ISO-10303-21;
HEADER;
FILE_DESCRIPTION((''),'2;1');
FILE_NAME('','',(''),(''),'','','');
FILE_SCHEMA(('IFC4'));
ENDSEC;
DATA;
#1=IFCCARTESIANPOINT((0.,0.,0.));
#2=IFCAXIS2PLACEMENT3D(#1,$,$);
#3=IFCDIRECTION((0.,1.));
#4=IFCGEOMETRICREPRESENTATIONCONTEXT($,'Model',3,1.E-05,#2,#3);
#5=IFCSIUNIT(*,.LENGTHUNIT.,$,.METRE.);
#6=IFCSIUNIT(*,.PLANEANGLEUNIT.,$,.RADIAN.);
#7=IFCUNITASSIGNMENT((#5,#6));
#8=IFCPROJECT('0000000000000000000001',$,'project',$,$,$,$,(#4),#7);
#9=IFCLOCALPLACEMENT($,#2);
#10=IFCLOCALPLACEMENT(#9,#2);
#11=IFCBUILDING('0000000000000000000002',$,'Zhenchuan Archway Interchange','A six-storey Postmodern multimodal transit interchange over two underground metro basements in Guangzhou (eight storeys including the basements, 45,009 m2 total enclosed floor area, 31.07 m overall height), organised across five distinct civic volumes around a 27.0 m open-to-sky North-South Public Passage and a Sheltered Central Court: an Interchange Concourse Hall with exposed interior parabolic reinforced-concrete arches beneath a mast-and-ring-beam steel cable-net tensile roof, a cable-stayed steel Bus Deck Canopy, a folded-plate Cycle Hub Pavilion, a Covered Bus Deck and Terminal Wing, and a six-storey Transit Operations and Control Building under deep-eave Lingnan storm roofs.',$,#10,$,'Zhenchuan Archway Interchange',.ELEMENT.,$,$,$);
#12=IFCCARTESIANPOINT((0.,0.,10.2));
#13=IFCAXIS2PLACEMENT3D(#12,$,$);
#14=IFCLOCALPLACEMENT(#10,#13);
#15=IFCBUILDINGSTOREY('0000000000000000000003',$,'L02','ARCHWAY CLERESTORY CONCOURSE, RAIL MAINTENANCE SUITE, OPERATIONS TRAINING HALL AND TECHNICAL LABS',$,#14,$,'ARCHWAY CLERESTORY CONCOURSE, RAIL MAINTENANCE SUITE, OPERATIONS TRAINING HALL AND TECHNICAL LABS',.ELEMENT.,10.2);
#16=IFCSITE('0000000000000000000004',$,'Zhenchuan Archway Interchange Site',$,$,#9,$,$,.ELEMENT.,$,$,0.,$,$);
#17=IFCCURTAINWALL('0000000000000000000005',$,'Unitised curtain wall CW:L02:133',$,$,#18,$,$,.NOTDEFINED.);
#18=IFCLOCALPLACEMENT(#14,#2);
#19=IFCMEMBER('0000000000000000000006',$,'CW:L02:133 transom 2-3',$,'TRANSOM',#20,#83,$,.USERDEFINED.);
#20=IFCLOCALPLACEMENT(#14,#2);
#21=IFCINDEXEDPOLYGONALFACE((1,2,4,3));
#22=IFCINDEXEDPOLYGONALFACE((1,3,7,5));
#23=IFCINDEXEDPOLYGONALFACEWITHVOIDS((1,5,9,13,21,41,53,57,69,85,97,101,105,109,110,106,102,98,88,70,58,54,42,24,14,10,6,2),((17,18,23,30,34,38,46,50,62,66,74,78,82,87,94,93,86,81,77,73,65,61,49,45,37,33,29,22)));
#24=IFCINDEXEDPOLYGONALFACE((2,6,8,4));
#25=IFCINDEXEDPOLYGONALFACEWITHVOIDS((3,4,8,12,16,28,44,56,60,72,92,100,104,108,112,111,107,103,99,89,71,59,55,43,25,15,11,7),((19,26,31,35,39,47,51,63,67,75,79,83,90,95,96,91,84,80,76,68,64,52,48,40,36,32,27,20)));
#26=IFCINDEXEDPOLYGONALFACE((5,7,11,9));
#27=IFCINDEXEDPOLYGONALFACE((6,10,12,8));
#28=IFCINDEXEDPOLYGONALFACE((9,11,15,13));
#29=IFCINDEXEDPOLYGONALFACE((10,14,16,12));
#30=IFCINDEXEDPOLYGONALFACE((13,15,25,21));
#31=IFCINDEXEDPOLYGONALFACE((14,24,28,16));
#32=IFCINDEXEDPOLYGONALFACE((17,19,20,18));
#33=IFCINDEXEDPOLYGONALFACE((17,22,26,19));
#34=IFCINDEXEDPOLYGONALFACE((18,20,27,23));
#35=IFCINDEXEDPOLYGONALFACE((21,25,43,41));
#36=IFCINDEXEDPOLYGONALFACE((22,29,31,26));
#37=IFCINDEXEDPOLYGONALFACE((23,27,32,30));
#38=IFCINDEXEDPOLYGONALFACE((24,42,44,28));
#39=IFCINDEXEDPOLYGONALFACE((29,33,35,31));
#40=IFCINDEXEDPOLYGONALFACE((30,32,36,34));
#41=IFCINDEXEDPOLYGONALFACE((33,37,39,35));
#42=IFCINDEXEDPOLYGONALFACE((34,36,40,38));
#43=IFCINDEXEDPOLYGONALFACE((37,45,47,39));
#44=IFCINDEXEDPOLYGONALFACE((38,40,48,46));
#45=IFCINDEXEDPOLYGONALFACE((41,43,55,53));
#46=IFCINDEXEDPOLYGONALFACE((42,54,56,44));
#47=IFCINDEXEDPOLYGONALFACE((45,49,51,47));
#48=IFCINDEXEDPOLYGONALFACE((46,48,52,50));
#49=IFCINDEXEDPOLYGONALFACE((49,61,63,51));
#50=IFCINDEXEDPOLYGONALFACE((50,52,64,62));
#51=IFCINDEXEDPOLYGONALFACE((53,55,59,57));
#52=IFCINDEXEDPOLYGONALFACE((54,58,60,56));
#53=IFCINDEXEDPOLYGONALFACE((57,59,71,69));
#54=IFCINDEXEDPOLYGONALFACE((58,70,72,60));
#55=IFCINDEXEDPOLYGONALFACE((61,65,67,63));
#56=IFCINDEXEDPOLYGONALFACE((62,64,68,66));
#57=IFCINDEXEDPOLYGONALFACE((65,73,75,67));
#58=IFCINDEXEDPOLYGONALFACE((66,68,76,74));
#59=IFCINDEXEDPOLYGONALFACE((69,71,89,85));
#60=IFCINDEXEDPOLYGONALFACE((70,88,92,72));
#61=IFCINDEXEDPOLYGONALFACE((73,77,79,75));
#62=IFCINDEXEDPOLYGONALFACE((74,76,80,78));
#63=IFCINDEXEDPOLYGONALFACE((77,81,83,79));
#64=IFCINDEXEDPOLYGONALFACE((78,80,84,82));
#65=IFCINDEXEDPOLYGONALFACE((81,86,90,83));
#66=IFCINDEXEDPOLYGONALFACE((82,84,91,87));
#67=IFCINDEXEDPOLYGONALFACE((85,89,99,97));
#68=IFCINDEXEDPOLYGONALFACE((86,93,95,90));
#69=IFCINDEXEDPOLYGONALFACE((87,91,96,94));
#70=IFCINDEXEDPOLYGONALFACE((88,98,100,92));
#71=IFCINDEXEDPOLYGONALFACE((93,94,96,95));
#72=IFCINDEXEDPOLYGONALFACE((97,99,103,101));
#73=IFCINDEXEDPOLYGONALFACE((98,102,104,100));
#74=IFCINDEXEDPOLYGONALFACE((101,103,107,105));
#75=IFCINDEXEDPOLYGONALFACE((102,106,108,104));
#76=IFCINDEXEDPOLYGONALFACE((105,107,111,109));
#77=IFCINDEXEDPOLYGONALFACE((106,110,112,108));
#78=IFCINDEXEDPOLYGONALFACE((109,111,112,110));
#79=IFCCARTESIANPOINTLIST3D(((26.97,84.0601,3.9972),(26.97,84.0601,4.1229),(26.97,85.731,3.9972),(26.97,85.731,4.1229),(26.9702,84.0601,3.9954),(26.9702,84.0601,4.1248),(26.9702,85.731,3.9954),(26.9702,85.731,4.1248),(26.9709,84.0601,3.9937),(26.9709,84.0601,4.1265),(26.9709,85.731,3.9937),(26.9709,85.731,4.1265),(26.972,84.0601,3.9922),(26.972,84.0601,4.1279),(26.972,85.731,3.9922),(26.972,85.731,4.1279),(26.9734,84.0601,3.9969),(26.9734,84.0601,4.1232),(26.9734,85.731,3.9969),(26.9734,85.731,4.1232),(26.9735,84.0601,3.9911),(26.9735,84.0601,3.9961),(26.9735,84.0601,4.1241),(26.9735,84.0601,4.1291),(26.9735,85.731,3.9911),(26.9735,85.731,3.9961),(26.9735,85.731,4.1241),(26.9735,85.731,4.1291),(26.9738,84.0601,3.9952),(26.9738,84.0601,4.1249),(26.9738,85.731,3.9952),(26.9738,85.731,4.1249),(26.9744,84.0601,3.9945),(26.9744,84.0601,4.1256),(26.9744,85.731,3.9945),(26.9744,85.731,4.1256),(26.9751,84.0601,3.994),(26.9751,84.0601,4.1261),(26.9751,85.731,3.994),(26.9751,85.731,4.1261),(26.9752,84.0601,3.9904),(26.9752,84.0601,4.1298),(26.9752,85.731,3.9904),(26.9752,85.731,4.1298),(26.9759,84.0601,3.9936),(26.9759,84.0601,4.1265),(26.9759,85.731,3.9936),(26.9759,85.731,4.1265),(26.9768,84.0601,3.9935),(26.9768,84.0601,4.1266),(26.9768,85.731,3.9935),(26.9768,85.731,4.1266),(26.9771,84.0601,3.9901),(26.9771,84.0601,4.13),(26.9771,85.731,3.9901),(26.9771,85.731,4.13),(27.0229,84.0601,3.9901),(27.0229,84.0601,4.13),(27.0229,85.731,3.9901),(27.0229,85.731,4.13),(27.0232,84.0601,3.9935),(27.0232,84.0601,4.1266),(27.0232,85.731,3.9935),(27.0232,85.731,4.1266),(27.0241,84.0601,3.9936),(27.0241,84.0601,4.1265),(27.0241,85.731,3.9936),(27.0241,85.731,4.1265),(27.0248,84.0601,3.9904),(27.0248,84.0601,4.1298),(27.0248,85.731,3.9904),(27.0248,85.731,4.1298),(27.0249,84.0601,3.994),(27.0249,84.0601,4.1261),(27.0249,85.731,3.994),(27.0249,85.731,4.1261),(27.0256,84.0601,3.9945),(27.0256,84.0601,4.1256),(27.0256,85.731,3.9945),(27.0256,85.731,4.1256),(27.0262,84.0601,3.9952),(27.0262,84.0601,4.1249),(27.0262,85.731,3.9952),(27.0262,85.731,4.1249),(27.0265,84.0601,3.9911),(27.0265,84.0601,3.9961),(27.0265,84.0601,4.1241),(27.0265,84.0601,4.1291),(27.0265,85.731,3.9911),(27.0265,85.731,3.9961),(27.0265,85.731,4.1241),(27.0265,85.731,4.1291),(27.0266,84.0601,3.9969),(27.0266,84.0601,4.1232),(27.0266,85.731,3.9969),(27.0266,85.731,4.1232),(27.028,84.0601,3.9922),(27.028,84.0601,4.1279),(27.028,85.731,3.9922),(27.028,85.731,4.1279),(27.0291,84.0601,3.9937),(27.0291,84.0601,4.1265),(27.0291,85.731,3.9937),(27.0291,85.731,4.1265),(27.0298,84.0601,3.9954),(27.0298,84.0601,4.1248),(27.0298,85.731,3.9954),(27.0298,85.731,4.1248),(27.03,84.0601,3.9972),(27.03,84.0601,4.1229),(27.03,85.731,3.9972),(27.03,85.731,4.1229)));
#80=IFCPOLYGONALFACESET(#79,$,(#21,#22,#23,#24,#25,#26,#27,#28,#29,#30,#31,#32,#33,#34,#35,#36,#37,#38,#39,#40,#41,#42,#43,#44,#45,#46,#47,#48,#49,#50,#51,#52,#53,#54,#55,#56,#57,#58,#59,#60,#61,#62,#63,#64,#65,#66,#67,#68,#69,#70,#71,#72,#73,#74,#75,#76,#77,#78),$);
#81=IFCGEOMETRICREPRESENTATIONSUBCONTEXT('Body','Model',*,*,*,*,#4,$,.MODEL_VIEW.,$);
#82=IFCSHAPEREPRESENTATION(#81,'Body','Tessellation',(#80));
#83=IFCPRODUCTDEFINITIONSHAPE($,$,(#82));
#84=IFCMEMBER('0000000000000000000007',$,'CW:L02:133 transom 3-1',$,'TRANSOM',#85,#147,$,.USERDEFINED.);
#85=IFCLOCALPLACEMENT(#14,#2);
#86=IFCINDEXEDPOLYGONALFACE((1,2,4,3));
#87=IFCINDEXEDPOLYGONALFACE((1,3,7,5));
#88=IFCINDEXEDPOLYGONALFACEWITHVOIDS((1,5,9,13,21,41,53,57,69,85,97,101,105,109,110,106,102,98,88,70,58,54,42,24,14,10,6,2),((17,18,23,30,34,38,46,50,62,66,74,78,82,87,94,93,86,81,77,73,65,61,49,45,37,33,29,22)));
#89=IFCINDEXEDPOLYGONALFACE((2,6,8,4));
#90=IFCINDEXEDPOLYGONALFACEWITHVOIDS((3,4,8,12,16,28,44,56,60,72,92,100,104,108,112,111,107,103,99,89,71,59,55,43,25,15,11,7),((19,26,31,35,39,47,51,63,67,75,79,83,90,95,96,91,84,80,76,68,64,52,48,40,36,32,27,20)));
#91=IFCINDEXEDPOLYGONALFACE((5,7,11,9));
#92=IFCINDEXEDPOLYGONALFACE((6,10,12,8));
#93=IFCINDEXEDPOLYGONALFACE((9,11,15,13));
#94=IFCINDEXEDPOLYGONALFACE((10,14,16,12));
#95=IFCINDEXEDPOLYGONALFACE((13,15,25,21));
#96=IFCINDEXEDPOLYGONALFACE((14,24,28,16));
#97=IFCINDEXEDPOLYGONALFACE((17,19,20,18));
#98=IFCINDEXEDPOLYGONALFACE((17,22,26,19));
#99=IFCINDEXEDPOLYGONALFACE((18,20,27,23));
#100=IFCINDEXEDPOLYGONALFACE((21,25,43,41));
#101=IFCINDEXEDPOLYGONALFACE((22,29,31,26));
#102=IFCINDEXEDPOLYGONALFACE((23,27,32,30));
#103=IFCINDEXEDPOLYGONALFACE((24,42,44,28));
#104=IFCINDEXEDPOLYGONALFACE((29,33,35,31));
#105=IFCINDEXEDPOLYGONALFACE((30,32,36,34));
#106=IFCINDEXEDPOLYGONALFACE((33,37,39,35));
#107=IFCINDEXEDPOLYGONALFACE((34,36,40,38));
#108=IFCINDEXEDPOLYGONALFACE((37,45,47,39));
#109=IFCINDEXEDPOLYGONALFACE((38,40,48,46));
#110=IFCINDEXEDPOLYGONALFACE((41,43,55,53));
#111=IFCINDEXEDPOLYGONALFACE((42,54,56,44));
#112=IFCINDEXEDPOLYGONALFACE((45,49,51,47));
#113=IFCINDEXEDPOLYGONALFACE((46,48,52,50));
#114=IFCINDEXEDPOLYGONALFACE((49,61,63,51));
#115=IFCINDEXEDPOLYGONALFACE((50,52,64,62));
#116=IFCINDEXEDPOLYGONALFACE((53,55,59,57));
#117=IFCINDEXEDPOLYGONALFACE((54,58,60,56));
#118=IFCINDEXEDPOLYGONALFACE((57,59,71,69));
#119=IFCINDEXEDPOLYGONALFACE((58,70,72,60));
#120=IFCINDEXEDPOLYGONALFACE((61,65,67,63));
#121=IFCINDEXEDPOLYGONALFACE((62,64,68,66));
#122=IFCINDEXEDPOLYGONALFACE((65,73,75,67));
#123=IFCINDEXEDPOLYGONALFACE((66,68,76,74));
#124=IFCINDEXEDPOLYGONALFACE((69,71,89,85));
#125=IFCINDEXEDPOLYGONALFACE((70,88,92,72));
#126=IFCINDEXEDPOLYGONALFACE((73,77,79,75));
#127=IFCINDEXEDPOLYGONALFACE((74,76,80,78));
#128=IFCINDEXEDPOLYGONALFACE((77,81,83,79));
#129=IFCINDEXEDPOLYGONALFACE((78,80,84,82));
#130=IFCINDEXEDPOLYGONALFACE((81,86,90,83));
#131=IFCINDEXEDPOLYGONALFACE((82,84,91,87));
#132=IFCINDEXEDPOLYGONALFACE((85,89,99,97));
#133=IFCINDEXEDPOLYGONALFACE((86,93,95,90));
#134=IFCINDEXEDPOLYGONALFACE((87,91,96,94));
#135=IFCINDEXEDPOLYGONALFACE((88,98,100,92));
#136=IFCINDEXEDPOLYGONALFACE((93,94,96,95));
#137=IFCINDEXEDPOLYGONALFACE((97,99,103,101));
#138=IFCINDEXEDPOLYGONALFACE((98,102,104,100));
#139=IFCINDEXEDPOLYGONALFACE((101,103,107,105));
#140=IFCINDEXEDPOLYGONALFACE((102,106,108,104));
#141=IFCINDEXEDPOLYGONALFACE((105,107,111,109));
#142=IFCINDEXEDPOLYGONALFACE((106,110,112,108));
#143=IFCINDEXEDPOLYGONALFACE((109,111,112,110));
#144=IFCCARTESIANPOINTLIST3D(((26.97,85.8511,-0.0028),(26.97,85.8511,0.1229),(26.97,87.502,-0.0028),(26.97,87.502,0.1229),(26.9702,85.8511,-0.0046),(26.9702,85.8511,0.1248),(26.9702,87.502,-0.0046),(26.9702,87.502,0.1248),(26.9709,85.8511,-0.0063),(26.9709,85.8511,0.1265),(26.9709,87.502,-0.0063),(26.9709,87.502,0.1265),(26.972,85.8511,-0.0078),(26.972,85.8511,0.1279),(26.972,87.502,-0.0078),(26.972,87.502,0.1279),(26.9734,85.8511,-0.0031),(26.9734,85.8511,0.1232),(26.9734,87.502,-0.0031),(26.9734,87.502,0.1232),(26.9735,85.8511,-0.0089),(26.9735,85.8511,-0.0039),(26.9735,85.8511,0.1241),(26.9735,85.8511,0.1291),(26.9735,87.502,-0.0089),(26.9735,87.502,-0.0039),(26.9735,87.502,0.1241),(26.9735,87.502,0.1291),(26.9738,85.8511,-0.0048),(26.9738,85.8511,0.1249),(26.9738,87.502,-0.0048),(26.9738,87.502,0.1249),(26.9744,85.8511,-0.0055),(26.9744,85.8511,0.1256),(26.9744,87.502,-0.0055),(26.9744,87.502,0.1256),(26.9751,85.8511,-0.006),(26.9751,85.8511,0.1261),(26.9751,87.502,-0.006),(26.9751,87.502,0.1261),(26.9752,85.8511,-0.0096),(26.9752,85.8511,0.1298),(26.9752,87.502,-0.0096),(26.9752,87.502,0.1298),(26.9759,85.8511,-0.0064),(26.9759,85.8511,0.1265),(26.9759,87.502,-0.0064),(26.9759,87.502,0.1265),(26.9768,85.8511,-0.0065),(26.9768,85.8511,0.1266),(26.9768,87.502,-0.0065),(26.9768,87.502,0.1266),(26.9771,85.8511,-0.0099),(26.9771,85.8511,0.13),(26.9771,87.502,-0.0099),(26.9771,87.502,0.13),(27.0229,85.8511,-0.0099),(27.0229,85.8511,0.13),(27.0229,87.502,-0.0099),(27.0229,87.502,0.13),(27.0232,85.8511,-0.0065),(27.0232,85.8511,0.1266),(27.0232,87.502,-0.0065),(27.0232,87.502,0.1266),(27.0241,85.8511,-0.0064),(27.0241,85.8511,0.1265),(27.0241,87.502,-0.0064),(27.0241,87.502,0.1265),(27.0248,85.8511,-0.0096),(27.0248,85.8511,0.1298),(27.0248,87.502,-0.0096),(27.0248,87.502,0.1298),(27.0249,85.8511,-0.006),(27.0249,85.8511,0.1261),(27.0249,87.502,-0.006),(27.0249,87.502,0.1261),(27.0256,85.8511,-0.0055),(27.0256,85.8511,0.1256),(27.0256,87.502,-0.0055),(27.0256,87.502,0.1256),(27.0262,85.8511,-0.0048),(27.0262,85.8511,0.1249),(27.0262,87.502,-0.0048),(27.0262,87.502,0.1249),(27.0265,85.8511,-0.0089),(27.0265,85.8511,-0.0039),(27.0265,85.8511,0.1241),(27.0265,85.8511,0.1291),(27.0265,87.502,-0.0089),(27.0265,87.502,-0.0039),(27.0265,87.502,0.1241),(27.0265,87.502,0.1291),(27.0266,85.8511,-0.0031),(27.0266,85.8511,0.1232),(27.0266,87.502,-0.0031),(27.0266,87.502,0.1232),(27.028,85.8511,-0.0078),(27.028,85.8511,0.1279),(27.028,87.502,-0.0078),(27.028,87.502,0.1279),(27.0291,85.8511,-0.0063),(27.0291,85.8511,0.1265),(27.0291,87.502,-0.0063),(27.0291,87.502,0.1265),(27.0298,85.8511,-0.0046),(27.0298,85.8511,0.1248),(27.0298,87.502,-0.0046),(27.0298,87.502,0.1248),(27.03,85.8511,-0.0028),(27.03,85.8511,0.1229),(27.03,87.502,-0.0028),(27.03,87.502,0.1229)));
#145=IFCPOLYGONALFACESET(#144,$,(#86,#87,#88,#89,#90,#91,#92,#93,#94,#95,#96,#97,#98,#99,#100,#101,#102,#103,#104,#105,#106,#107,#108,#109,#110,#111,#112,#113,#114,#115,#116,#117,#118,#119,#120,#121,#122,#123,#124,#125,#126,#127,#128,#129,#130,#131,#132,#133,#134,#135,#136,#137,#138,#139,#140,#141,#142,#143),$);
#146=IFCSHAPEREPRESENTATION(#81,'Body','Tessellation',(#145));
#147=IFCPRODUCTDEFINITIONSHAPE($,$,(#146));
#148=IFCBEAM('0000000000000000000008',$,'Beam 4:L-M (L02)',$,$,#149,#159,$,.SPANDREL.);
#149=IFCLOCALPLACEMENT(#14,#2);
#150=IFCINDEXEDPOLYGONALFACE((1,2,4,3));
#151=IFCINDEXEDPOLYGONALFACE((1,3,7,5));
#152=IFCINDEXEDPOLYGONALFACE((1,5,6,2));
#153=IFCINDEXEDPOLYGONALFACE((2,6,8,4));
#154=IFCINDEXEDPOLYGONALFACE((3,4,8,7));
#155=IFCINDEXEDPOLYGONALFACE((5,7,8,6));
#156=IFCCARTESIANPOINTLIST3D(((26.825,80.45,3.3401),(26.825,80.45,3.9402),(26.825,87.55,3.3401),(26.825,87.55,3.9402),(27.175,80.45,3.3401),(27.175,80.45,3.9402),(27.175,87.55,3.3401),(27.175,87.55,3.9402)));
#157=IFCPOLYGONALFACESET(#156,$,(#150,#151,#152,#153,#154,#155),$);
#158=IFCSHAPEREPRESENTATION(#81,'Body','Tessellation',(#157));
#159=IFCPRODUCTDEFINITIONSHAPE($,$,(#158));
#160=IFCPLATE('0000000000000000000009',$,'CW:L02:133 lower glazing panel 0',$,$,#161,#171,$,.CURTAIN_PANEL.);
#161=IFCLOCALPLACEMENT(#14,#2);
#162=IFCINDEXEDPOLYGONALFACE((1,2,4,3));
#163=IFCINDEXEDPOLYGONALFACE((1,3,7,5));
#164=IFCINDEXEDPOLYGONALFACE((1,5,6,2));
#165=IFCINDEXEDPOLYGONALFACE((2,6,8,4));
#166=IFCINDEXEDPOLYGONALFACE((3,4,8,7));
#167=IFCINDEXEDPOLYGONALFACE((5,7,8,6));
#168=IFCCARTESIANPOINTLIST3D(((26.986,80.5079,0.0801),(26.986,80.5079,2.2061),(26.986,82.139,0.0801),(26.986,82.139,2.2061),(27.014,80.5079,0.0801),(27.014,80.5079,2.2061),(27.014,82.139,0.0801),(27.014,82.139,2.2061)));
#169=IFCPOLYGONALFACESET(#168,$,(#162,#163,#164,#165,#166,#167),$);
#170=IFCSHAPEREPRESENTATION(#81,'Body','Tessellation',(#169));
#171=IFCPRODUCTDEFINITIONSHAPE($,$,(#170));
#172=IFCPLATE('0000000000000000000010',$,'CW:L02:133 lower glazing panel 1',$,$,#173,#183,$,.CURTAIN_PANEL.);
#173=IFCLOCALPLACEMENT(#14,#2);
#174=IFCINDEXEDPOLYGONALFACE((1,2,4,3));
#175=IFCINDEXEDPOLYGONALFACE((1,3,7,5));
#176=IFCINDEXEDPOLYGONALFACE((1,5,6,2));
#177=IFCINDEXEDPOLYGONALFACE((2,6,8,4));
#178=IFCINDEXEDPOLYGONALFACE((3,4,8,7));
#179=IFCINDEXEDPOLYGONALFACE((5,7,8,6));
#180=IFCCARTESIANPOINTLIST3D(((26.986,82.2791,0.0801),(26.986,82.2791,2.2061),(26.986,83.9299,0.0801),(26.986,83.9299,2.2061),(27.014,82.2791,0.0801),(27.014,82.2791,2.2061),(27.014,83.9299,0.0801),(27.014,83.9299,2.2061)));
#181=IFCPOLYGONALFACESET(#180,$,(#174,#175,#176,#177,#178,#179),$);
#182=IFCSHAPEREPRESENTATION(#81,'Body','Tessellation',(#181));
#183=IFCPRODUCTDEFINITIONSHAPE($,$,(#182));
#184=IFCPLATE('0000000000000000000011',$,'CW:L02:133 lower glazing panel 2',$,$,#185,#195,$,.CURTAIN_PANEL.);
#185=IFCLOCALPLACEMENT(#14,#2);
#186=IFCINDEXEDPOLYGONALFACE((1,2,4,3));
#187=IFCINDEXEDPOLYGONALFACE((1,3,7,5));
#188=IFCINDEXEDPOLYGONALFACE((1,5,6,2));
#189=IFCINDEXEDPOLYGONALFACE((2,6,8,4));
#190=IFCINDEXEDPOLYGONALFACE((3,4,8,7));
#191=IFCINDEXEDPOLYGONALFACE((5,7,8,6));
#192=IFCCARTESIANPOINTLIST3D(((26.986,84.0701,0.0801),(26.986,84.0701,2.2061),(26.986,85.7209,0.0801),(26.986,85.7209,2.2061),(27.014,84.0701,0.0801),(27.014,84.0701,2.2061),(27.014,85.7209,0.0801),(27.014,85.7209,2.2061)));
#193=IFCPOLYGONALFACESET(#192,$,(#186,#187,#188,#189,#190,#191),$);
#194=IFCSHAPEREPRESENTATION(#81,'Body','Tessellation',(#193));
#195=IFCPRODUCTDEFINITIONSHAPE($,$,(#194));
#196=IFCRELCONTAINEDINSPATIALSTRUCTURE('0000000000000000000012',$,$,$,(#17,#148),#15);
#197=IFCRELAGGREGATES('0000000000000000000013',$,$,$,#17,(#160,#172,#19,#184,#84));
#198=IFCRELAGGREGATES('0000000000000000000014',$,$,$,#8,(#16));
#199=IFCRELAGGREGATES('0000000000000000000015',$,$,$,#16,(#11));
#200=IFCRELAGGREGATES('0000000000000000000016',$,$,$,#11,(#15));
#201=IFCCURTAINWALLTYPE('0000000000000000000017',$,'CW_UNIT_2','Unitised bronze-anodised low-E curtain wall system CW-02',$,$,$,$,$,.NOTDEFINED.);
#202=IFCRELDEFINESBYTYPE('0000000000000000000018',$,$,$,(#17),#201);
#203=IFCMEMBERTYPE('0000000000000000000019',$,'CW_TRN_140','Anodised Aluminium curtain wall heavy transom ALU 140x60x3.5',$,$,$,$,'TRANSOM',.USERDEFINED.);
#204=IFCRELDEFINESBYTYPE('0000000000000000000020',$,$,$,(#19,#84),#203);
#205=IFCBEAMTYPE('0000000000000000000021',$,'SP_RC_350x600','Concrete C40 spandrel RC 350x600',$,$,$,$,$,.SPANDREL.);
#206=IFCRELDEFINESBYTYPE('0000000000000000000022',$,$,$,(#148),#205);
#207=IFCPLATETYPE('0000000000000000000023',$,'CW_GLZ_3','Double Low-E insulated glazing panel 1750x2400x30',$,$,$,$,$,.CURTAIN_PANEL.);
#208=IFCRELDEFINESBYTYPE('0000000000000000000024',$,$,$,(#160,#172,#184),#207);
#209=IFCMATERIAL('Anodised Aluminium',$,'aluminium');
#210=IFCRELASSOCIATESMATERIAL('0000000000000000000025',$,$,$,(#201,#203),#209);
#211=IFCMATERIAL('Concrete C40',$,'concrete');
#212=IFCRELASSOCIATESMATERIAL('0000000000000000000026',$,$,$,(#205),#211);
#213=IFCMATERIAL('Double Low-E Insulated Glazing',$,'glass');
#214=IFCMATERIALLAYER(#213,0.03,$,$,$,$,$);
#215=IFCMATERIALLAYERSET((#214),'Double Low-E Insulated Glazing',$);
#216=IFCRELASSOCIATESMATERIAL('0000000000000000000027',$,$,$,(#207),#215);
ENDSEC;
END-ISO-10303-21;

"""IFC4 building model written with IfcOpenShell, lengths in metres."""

from ifc_helpers import new_model, si_unit, direction, frame, origin, origin_2d, place, context, subcontext, project, spatial, rectangle, hollow_rectangle, extrude, material, layer, layer_set, material_profile, profile_set, type_object, element, aggregate, save


model = new_model("IFC4")

# Units and contexts
model_context = context("Model", 3, precision=1e-05, world=origin(), true_north=direction((0.0, 1.0)))
body_context = subcontext(model_context, "Body", "Model", "MODEL_VIEW")
ifc_project = project(units=[si_unit("LENGTHUNIT", "METRE"), si_unit("PLANEANGLEUNIT", "RADIAN")], contexts=[model_context])

# Site, building, storey
site_placement = place(None, origin())
site = spatial("IfcSite", under=ifc_project, at=site_placement, Name="Zhenchuan Archway Interchange Site", CompositionType="ELEMENT", RefElevation=0.0)
building_placement = place(site_placement, origin())
building = spatial("IfcBuilding", under=site, at=building_placement, Name="Zhenchuan Archway Interchange", Description="A six-storey Postmodern multimodal transit interchange over two underground metro basements in Guangzhou (eight storeys including the basements, 45,009 m2 total enclosed floor area, 31.07 m overall height), organised across five distinct civic volumes around a 27.0 m open-to-sky North-South Public Passage and a Sheltered Central Court: an Interchange Concourse Hall with exposed interior parabolic reinforced-concrete arches beneath a mast-and-ring-beam steel cable-net tensile roof, a cable-stayed steel Bus Deck Canopy, a folded-plate Cycle Hub Pavilion, a Covered Bus Deck and Terminal Wing, and a six-storey Transit Operations and Control Building under deep-eave Lingnan storm roofs.", LongName="Zhenchuan Archway Interchange", CompositionType="ELEMENT")
storey_placement = place(building_placement, frame((0.0, 0.0, 10.2)))
storey = spatial("IfcBuildingStorey", under=building, at=storey_placement, Name="L02", Description="ARCHWAY CLERESTORY CONCOURSE, RAIL MAINTENANCE SUITE, OPERATIONS TRAINING HALL AND TECHNICAL LABS", LongName="ARCHWAY CLERESTORY CONCOURSE, RAIL MAINTENANCE SUITE, OPERATIONS TRAINING HALL AND TECHNICAL LABS", CompositionType="ELEMENT", Elevation=10.2)

# Curtain wall, members
ifc_material_1 = material(Name="Anodised Aluminium", Category="aluminium")
curtain_wall_type = type_object("IfcCurtainWallType", Name="CW_UNIT_2", Description="Unitised bronze-anodised low-E curtain wall system CW-02", PredefinedType="NOTDEFINED", material=ifc_material_1)
curtain_wall_placement = place(storey_placement, origin())
curtain_wall = element("IfcCurtainWall", 1, at=curtain_wall_placement, inside=storey, type_object=curtain_wall_type, Name="Unitised curtain wall CW:L02:133", PredefinedType="NOTDEFINED")
ifc_material_profile_1 = material_profile(ifc_material_1, hollow_rectangle(XDim=0.0601, YDim=0.1399, WallThickness=0.0034, InnerFilletRadius=0.0034, OuterFilletRadius=0.0071, at=origin_2d()), Name="ALU 140x60x3.5")
ifc_profile_set_1 = profile_set([ifc_material_profile_1], Name="Anodised Aluminium")
member_type_1 = type_object("IfcMemberType", Name="CW_TRN_140", Description="Anodised Aluminium curtain wall heavy transom ALU 140x60x3.5", ElementType="TRANSOM", PredefinedType="USERDEFINED", material=ifc_profile_set_1)
member_1_placement = place(storey_placement, frame((27.0, 84.0601, 4.0601), z_axis=(0.0, 1.0, 0.0), x_axis=(-1.0, 0.0, 0.0)))
member_1 = element("IfcMember", 2, at=member_1_placement, type_object=member_type_1, Name="CW:L02:133 transom 2-3", ObjectType="TRANSOM", PredefinedType="USERDEFINED", context=body_context, shape_type="SweptSolid", body=[
    extrude(hollow_rectangle(XDim=0.0601, YDim=0.1399, WallThickness=0.0034, InnerFilletRadius=0.0034, OuterFilletRadius=0.0071, at=origin_2d()), origin(), (0.0, 0.0, 1.0), 1.6709),
])
member_2_placement = place(storey_placement, frame((27.0, 85.8511, 0.0601), z_axis=(0.0, 1.0, 0.0), x_axis=(-1.0, 0.0, 0.0)))
member_2 = element("IfcMember", 3, at=member_2_placement, type_object=member_type_1, Name="CW:L02:133 transom 3-1", ObjectType="TRANSOM", PredefinedType="USERDEFINED", context=body_context, shape_type="SweptSolid", body=[
    extrude(hollow_rectangle(XDim=0.0601, YDim=0.1399, WallThickness=0.0034, InnerFilletRadius=0.0034, OuterFilletRadius=0.0071, at=origin_2d()), origin(), (0.0, 0.0, 1.0), 1.6509),
])

# Beam
ifc_material_2 = material(Name="Concrete C40", Category="concrete")
ifc_material_profile_2 = material_profile(ifc_material_2, rectangle(XDim=0.3501, YDim=0.6001, at=origin_2d()), Name="RC 350x600")
ifc_profile_set_2 = profile_set([ifc_material_profile_2], Name="Concrete C40")
beam_type = type_object("IfcBeamType", Name="SP_RC_350x600", Description="Concrete C40 spandrel RC 350x600", PredefinedType="SPANDREL", material=ifc_profile_set_2)
beam_placement = place(storey_placement, frame((27.0, 80.45, 3.6401), z_axis=(0.0, 1.0, 0.0), x_axis=(-1.0, 0.0, 0.0)))
element("IfcBeam", 4, at=beam_placement, inside=storey, type_object=beam_type, Name="Beam 4:L-M (L02)", PredefinedType="SPANDREL", context=body_context, shape_type="SweptSolid", body=[
    extrude(rectangle(XDim=0.3501, YDim=0.6001, at=origin_2d()), origin(), (0.0, 0.0, 1.0), 7.1001),
])

# Plates
ifc_material_3 = material(Name="Double Low-E Insulated Glazing", Category="glass")
ifc_layer_1 = layer(ifc_material_3, 0.03)
ifc_layer_set_1 = layer_set([ifc_layer_1], Name="Double Low-E Insulated Glazing")
plate_type_1 = type_object("IfcPlateType", Name="CW_GLZ_3", Description="Double Low-E insulated glazing panel 1750x2400x30", PredefinedType="CURTAIN_PANEL", material=ifc_layer_set_1)
plate_1_placement = place(storey_placement, frame((27.0, 81.3235, 0.0801), z_axis=(0.0, 0.0, 1.0), x_axis=(0.0, 1.0, 0.0)))
plate_1 = element("IfcPlate", 5, at=plate_1_placement, type_object=plate_type_1, Name="CW:L02:133 lower glazing panel 0", PredefinedType="CURTAIN_PANEL", context=body_context, shape_type="SweptSolid", body=[
    extrude(rectangle(XDim=1.6311, YDim=0.0281, at=origin_2d()), origin(), (0.0, 0.0, 1.0), 2.126),
])
plate_2_placement = place(storey_placement, frame((27.0, 83.1045, 0.0801), z_axis=(0.0, 0.0, 1.0), x_axis=(0.0, 1.0, 0.0)))
plate_2 = element("IfcPlate", 6, at=plate_2_placement, type_object=plate_type_1, Name="CW:L02:133 lower glazing panel 1", PredefinedType="CURTAIN_PANEL", context=body_context, shape_type="SweptSolid", body=[
    extrude(rectangle(XDim=1.6509, YDim=0.0281, at=origin_2d()), origin(), (0.0, 0.0, 1.0), 2.126),
])
plate_3_placement = place(storey_placement, frame((27.0, 84.8955, 0.0801), z_axis=(0.0, 0.0, 1.0), x_axis=(0.0, 1.0, 0.0)))
plate_3 = element("IfcPlate", 7, at=plate_3_placement, type_object=plate_type_1, Name="CW:L02:133 lower glazing panel 2", PredefinedType="CURTAIN_PANEL", context=body_context, shape_type="SweptSolid", body=[
    extrude(rectangle(XDim=1.6509, YDim=0.0281, at=origin_2d()), origin(), (0.0, 0.0, 1.0), 2.126),
])
aggregate(curtain_wall, [plate_1, plate_2, member_1, plate_3, member_2])

save(model, "model.ifc")
